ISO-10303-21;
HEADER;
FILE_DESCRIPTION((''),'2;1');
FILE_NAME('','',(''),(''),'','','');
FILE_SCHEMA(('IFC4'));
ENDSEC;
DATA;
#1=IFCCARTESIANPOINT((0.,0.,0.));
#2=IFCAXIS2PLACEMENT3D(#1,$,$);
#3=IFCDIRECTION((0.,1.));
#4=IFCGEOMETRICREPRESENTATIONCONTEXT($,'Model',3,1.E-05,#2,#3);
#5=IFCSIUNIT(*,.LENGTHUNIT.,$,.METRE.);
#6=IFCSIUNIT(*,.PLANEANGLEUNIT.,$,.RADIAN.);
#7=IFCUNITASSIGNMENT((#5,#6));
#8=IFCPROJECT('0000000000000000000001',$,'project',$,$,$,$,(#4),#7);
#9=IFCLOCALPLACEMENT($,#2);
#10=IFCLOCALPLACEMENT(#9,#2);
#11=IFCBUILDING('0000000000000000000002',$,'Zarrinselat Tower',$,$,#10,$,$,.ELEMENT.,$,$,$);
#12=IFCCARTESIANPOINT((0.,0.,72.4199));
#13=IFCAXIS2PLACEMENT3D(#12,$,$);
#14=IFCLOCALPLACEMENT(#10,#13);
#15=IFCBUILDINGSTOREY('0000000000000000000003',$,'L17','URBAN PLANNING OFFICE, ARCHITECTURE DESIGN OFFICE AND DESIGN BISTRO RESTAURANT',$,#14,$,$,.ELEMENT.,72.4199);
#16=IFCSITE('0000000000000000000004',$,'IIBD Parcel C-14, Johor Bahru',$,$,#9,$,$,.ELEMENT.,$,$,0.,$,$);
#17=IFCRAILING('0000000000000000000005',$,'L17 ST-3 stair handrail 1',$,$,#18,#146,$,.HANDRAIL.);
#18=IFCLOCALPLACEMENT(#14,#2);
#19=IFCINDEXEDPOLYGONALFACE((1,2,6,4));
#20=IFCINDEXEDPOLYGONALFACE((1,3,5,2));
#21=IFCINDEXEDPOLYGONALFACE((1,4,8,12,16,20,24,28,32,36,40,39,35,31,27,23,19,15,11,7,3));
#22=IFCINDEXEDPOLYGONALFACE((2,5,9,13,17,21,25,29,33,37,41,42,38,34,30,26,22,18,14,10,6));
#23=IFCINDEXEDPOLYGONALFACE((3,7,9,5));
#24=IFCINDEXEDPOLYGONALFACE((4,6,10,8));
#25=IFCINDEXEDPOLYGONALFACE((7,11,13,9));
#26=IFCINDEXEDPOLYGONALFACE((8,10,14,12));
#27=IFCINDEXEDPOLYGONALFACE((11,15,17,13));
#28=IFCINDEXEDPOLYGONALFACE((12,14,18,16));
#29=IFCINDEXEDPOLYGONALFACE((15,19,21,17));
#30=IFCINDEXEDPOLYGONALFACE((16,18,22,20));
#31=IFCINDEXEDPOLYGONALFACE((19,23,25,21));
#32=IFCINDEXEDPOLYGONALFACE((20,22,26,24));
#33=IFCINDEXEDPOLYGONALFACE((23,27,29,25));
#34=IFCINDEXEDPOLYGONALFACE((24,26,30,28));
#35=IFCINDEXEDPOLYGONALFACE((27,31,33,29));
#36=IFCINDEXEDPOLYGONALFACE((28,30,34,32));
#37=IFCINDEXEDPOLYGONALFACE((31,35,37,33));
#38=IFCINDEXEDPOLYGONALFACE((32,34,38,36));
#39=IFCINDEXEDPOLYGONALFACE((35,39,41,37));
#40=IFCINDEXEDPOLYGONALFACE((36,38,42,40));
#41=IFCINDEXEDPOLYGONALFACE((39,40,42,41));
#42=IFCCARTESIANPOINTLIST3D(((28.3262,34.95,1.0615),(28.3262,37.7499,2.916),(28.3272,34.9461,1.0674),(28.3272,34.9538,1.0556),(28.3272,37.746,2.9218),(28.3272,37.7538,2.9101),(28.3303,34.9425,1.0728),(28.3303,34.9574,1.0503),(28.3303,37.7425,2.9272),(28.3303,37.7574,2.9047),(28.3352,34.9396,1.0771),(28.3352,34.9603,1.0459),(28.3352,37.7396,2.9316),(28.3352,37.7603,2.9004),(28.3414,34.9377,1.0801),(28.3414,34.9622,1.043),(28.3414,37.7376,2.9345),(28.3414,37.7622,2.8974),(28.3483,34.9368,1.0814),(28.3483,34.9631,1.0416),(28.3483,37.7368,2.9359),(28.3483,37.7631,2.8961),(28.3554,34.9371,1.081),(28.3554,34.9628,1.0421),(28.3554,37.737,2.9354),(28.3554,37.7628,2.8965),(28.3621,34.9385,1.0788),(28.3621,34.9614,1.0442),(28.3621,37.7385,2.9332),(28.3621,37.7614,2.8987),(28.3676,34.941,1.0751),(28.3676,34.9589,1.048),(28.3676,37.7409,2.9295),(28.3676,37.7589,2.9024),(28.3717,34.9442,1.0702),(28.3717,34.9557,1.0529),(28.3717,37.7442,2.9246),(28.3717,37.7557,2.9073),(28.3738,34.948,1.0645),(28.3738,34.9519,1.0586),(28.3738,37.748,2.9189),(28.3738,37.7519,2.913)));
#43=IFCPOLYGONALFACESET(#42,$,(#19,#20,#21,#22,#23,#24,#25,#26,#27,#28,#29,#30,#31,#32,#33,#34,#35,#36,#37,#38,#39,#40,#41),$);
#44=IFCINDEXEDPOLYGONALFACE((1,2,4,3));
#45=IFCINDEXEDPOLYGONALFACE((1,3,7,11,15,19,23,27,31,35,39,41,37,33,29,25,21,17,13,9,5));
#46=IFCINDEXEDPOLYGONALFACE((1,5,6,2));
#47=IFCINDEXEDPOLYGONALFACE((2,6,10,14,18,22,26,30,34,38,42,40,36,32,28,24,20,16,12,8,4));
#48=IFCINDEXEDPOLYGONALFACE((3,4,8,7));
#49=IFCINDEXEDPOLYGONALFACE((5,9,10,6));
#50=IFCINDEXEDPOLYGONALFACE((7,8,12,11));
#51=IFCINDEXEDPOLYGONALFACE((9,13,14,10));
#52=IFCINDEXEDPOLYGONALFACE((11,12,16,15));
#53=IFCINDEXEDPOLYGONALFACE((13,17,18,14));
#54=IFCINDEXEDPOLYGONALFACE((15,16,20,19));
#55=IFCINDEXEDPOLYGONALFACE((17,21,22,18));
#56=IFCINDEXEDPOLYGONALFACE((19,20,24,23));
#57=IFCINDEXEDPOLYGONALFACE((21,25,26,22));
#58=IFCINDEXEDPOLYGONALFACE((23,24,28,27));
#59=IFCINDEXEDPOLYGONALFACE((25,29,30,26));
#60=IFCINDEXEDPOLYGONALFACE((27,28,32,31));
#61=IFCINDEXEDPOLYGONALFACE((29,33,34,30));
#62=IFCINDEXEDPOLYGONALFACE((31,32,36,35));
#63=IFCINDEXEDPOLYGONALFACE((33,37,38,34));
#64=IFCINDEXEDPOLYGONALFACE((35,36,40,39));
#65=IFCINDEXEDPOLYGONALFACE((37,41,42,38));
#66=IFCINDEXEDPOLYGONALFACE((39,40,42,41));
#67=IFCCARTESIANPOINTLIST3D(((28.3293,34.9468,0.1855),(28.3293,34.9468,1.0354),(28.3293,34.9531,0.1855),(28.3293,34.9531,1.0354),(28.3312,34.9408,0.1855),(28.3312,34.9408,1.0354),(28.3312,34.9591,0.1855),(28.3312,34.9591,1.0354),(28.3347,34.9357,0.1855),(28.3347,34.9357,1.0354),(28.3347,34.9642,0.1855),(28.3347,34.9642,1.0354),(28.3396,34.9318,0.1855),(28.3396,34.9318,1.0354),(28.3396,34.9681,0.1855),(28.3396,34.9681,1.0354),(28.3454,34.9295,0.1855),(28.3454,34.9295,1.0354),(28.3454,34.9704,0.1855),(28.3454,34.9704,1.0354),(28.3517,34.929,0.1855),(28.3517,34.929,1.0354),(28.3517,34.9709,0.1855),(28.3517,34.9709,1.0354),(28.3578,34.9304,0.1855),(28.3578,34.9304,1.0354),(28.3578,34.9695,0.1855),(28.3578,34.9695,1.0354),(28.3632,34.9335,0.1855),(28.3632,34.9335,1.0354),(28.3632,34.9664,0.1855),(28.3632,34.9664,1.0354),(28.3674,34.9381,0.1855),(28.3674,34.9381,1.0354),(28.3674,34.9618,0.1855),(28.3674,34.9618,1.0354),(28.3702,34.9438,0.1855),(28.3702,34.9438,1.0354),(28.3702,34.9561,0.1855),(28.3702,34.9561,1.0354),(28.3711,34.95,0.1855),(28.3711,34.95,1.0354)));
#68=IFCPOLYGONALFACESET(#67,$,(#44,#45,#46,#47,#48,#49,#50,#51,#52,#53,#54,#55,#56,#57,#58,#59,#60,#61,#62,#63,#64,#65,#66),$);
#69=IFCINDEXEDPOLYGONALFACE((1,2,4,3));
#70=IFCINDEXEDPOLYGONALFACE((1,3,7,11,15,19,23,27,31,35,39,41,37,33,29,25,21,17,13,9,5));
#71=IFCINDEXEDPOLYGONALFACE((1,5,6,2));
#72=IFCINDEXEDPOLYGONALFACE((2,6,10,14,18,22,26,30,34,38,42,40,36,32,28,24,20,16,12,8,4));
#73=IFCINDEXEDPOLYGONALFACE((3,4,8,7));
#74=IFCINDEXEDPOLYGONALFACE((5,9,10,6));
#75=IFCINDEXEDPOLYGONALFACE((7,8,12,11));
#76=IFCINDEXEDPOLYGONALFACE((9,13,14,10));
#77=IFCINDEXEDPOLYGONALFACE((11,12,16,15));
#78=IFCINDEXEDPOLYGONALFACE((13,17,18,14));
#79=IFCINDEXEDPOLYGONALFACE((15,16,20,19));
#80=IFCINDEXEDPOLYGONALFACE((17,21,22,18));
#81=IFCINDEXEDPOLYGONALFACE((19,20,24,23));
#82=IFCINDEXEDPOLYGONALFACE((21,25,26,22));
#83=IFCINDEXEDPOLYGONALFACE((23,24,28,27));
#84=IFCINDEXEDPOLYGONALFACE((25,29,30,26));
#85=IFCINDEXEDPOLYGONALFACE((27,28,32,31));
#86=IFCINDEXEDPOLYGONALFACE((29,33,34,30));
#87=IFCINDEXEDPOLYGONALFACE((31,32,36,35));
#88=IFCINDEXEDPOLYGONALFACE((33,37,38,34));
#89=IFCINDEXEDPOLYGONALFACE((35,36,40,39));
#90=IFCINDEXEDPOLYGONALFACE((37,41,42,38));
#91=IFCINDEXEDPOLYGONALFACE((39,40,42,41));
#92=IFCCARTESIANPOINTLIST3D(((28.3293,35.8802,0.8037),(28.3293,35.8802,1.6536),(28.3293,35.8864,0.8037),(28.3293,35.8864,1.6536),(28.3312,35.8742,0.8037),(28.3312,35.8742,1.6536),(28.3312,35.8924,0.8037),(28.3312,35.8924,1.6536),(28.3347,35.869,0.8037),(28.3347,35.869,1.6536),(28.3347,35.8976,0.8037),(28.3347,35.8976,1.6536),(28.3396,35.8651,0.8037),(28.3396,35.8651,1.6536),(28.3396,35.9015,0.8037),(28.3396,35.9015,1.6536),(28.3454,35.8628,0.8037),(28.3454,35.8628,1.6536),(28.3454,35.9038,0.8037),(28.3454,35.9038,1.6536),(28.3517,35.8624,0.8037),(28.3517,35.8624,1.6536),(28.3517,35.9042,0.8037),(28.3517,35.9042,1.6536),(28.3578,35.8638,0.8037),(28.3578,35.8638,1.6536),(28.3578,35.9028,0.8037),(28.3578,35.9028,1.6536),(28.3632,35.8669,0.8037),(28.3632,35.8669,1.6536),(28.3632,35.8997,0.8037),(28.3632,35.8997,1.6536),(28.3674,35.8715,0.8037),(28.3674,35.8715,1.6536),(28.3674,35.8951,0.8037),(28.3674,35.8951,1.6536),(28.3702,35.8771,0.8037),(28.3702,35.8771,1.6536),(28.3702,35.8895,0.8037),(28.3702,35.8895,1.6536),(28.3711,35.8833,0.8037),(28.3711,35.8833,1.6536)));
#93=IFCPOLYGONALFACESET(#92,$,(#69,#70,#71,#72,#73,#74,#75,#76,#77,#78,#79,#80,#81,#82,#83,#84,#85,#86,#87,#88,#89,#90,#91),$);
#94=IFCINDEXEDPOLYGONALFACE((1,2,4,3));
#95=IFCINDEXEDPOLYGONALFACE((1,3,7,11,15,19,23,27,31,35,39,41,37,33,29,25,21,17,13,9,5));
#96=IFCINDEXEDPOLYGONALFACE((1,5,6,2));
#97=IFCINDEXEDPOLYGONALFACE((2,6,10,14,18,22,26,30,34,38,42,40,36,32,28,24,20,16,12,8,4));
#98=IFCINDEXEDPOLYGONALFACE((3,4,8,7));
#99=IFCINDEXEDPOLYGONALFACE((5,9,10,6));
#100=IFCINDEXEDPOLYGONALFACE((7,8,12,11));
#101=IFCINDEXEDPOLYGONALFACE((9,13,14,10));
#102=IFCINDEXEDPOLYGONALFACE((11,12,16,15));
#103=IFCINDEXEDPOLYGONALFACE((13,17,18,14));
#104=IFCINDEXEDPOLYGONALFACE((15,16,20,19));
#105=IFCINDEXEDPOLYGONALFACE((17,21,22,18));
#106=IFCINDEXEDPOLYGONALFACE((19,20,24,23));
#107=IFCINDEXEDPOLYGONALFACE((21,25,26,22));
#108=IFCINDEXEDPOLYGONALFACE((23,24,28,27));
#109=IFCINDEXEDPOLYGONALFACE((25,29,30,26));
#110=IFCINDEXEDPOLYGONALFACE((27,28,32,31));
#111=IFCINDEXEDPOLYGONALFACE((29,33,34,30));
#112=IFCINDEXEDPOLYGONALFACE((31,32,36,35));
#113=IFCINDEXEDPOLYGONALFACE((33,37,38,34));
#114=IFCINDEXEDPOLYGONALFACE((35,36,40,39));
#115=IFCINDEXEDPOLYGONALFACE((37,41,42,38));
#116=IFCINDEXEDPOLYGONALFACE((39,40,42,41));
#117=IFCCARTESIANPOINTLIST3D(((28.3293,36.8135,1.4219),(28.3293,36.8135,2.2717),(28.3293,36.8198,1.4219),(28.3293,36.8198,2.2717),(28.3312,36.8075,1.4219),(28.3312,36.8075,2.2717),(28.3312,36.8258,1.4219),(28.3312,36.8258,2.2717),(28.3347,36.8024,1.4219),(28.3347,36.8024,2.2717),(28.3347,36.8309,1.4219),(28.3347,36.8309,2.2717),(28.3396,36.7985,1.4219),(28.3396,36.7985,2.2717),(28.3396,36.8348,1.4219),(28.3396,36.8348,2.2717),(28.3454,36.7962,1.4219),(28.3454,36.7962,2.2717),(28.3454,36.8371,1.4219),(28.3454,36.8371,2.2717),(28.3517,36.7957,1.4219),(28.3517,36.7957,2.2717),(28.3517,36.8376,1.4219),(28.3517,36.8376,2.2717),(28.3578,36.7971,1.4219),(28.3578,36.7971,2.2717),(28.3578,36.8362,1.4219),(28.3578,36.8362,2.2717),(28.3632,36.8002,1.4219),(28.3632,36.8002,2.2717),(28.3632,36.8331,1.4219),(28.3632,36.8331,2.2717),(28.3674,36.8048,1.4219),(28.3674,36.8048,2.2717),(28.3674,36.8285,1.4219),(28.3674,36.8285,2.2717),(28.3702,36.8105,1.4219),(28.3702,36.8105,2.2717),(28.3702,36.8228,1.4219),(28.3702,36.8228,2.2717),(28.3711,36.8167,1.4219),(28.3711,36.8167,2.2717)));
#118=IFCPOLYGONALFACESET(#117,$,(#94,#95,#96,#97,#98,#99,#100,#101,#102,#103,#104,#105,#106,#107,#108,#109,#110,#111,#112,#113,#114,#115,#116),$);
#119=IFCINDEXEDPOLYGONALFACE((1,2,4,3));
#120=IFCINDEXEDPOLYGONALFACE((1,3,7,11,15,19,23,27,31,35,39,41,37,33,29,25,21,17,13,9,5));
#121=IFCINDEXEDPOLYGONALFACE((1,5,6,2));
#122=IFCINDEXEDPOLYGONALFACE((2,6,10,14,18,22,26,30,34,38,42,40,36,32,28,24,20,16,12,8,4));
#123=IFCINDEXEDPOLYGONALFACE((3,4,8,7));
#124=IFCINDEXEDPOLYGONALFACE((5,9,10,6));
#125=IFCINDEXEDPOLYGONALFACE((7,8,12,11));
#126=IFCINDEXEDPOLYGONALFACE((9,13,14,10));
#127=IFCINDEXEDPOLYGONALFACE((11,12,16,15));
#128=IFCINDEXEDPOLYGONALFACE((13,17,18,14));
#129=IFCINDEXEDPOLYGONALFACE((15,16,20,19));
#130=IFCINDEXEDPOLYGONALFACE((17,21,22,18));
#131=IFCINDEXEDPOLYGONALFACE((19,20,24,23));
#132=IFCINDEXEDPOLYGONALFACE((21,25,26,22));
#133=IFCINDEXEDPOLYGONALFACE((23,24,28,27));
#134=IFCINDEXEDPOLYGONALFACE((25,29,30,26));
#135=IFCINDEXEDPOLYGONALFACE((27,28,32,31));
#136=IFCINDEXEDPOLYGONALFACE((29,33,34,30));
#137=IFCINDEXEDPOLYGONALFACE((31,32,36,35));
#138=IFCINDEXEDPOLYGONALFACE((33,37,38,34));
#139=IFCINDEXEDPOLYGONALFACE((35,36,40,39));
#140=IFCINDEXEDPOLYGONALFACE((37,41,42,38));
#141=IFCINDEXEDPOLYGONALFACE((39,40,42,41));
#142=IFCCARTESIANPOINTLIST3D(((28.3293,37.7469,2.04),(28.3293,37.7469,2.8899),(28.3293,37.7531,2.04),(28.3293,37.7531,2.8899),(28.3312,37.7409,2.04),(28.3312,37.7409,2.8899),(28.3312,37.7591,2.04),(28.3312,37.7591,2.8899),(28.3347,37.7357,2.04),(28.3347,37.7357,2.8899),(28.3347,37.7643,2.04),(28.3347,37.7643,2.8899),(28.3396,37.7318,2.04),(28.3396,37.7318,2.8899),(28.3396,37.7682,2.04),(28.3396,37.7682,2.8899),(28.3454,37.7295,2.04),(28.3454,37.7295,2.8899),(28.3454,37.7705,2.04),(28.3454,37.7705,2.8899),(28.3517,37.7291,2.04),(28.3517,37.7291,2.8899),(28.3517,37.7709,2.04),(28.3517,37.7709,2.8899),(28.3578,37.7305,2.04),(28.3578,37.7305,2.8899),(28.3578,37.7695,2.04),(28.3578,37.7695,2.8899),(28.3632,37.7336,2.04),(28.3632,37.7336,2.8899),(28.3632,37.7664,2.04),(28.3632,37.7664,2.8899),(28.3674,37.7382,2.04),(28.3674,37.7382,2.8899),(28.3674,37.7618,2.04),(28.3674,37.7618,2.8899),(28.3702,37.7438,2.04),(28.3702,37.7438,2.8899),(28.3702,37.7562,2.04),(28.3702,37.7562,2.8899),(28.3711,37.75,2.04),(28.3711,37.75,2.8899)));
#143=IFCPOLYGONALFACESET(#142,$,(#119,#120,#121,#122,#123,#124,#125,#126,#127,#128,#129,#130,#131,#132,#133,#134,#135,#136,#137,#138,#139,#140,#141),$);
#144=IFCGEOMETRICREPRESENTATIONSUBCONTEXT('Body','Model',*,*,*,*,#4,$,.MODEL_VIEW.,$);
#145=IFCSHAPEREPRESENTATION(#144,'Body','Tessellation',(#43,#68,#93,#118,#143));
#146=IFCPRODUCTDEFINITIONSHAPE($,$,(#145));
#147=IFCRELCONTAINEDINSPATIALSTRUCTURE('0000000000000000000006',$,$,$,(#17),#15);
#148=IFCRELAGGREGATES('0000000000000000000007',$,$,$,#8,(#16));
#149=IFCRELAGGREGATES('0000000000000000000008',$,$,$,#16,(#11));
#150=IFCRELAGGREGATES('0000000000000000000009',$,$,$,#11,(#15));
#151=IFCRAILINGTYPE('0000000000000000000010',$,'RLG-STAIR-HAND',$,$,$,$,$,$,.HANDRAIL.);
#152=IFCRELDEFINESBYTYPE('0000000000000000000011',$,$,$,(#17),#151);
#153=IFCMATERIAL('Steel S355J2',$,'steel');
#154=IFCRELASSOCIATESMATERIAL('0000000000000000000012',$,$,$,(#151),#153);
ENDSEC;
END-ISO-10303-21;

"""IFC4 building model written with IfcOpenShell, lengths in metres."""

from ifc_helpers import new_model, si_unit, direction, frame, origin, origin_2d, place, context, subcontext, project, spatial, circle, extrude, material, type_object, element, save


model = new_model("IFC4")

# Units and contexts
model_context = context("Model", 3, precision=1e-05, world=origin(), true_north=direction((0.0, 1.0)))
body_context = subcontext(model_context, "Body", "Model", "MODEL_VIEW")
ifc_project = project(units=[si_unit("LENGTHUNIT", "METRE"), si_unit("PLANEANGLEUNIT", "RADIAN")], contexts=[model_context])

# Site, building, storey
site_placement = place(None, origin())
site = spatial("IfcSite", under=ifc_project, at=site_placement, Name="IIBD Parcel C-14, Johor Bahru", CompositionType="ELEMENT", RefElevation=0.0)
building_placement = place(site_placement, origin())
building = spatial("IfcBuilding", under=site, at=building_placement, Name="Zarrinselat Tower", CompositionType="ELEMENT")
storey_placement = place(building_placement, frame((0.0, 0.0, 72.4199)))
storey = spatial("IfcBuildingStorey", under=building, at=storey_placement, Name="L17", Description="URBAN PLANNING OFFICE, ARCHITECTURE DESIGN OFFICE AND DESIGN BISTRO RESTAURANT", CompositionType="ELEMENT", Elevation=72.4199)

# Railing
ifc_material_1 = material(Name="Steel S355J2", Category="steel")
railing_type_1 = type_object("IfcRailingType", Name="RLG-STAIR-HAND", PredefinedType="HANDRAIL", material=ifc_material_1)
railing_1_placement = place(storey_placement, frame((28.3501, 34.95, 0.1855)))
element("IfcRailing", 1, at=railing_1_placement, inside=storey, type_object=railing_type_1, Name="L17 ST-3 stair handrail 1", PredefinedType="HANDRAIL", context=body_context, shape_type="SweptSolid", body=[
    extrude(circle(Radius=0.0239, at=origin_2d()), frame((0.0, 0.0, 0.876), z_axis=(0.0, 0.833724, 0.552181), x_axis=(-1.0, 0.0, 0.0)), (0.0, 0.0, 1.0), 3.3584),
    extrude(circle(Radius=0.021, at=origin_2d()), origin(), (0.0, 0.0, 1.0), 0.8499),
    extrude(circle(Radius=0.021, at=origin_2d()), frame((0.0, 0.9333, 0.6182)), (0.0, 0.0, 1.0), 0.8499),
    extrude(circle(Radius=0.021, at=origin_2d()), frame((0.0, 1.8667, 1.2363)), (0.0, 0.0, 1.0), 0.8499),
    extrude(circle(Radius=0.021, at=origin_2d()), frame((0.0, 2.8, 1.8545)), (0.0, 0.0, 1.0), 0.8499),
])

save(model, "model.ifc")
